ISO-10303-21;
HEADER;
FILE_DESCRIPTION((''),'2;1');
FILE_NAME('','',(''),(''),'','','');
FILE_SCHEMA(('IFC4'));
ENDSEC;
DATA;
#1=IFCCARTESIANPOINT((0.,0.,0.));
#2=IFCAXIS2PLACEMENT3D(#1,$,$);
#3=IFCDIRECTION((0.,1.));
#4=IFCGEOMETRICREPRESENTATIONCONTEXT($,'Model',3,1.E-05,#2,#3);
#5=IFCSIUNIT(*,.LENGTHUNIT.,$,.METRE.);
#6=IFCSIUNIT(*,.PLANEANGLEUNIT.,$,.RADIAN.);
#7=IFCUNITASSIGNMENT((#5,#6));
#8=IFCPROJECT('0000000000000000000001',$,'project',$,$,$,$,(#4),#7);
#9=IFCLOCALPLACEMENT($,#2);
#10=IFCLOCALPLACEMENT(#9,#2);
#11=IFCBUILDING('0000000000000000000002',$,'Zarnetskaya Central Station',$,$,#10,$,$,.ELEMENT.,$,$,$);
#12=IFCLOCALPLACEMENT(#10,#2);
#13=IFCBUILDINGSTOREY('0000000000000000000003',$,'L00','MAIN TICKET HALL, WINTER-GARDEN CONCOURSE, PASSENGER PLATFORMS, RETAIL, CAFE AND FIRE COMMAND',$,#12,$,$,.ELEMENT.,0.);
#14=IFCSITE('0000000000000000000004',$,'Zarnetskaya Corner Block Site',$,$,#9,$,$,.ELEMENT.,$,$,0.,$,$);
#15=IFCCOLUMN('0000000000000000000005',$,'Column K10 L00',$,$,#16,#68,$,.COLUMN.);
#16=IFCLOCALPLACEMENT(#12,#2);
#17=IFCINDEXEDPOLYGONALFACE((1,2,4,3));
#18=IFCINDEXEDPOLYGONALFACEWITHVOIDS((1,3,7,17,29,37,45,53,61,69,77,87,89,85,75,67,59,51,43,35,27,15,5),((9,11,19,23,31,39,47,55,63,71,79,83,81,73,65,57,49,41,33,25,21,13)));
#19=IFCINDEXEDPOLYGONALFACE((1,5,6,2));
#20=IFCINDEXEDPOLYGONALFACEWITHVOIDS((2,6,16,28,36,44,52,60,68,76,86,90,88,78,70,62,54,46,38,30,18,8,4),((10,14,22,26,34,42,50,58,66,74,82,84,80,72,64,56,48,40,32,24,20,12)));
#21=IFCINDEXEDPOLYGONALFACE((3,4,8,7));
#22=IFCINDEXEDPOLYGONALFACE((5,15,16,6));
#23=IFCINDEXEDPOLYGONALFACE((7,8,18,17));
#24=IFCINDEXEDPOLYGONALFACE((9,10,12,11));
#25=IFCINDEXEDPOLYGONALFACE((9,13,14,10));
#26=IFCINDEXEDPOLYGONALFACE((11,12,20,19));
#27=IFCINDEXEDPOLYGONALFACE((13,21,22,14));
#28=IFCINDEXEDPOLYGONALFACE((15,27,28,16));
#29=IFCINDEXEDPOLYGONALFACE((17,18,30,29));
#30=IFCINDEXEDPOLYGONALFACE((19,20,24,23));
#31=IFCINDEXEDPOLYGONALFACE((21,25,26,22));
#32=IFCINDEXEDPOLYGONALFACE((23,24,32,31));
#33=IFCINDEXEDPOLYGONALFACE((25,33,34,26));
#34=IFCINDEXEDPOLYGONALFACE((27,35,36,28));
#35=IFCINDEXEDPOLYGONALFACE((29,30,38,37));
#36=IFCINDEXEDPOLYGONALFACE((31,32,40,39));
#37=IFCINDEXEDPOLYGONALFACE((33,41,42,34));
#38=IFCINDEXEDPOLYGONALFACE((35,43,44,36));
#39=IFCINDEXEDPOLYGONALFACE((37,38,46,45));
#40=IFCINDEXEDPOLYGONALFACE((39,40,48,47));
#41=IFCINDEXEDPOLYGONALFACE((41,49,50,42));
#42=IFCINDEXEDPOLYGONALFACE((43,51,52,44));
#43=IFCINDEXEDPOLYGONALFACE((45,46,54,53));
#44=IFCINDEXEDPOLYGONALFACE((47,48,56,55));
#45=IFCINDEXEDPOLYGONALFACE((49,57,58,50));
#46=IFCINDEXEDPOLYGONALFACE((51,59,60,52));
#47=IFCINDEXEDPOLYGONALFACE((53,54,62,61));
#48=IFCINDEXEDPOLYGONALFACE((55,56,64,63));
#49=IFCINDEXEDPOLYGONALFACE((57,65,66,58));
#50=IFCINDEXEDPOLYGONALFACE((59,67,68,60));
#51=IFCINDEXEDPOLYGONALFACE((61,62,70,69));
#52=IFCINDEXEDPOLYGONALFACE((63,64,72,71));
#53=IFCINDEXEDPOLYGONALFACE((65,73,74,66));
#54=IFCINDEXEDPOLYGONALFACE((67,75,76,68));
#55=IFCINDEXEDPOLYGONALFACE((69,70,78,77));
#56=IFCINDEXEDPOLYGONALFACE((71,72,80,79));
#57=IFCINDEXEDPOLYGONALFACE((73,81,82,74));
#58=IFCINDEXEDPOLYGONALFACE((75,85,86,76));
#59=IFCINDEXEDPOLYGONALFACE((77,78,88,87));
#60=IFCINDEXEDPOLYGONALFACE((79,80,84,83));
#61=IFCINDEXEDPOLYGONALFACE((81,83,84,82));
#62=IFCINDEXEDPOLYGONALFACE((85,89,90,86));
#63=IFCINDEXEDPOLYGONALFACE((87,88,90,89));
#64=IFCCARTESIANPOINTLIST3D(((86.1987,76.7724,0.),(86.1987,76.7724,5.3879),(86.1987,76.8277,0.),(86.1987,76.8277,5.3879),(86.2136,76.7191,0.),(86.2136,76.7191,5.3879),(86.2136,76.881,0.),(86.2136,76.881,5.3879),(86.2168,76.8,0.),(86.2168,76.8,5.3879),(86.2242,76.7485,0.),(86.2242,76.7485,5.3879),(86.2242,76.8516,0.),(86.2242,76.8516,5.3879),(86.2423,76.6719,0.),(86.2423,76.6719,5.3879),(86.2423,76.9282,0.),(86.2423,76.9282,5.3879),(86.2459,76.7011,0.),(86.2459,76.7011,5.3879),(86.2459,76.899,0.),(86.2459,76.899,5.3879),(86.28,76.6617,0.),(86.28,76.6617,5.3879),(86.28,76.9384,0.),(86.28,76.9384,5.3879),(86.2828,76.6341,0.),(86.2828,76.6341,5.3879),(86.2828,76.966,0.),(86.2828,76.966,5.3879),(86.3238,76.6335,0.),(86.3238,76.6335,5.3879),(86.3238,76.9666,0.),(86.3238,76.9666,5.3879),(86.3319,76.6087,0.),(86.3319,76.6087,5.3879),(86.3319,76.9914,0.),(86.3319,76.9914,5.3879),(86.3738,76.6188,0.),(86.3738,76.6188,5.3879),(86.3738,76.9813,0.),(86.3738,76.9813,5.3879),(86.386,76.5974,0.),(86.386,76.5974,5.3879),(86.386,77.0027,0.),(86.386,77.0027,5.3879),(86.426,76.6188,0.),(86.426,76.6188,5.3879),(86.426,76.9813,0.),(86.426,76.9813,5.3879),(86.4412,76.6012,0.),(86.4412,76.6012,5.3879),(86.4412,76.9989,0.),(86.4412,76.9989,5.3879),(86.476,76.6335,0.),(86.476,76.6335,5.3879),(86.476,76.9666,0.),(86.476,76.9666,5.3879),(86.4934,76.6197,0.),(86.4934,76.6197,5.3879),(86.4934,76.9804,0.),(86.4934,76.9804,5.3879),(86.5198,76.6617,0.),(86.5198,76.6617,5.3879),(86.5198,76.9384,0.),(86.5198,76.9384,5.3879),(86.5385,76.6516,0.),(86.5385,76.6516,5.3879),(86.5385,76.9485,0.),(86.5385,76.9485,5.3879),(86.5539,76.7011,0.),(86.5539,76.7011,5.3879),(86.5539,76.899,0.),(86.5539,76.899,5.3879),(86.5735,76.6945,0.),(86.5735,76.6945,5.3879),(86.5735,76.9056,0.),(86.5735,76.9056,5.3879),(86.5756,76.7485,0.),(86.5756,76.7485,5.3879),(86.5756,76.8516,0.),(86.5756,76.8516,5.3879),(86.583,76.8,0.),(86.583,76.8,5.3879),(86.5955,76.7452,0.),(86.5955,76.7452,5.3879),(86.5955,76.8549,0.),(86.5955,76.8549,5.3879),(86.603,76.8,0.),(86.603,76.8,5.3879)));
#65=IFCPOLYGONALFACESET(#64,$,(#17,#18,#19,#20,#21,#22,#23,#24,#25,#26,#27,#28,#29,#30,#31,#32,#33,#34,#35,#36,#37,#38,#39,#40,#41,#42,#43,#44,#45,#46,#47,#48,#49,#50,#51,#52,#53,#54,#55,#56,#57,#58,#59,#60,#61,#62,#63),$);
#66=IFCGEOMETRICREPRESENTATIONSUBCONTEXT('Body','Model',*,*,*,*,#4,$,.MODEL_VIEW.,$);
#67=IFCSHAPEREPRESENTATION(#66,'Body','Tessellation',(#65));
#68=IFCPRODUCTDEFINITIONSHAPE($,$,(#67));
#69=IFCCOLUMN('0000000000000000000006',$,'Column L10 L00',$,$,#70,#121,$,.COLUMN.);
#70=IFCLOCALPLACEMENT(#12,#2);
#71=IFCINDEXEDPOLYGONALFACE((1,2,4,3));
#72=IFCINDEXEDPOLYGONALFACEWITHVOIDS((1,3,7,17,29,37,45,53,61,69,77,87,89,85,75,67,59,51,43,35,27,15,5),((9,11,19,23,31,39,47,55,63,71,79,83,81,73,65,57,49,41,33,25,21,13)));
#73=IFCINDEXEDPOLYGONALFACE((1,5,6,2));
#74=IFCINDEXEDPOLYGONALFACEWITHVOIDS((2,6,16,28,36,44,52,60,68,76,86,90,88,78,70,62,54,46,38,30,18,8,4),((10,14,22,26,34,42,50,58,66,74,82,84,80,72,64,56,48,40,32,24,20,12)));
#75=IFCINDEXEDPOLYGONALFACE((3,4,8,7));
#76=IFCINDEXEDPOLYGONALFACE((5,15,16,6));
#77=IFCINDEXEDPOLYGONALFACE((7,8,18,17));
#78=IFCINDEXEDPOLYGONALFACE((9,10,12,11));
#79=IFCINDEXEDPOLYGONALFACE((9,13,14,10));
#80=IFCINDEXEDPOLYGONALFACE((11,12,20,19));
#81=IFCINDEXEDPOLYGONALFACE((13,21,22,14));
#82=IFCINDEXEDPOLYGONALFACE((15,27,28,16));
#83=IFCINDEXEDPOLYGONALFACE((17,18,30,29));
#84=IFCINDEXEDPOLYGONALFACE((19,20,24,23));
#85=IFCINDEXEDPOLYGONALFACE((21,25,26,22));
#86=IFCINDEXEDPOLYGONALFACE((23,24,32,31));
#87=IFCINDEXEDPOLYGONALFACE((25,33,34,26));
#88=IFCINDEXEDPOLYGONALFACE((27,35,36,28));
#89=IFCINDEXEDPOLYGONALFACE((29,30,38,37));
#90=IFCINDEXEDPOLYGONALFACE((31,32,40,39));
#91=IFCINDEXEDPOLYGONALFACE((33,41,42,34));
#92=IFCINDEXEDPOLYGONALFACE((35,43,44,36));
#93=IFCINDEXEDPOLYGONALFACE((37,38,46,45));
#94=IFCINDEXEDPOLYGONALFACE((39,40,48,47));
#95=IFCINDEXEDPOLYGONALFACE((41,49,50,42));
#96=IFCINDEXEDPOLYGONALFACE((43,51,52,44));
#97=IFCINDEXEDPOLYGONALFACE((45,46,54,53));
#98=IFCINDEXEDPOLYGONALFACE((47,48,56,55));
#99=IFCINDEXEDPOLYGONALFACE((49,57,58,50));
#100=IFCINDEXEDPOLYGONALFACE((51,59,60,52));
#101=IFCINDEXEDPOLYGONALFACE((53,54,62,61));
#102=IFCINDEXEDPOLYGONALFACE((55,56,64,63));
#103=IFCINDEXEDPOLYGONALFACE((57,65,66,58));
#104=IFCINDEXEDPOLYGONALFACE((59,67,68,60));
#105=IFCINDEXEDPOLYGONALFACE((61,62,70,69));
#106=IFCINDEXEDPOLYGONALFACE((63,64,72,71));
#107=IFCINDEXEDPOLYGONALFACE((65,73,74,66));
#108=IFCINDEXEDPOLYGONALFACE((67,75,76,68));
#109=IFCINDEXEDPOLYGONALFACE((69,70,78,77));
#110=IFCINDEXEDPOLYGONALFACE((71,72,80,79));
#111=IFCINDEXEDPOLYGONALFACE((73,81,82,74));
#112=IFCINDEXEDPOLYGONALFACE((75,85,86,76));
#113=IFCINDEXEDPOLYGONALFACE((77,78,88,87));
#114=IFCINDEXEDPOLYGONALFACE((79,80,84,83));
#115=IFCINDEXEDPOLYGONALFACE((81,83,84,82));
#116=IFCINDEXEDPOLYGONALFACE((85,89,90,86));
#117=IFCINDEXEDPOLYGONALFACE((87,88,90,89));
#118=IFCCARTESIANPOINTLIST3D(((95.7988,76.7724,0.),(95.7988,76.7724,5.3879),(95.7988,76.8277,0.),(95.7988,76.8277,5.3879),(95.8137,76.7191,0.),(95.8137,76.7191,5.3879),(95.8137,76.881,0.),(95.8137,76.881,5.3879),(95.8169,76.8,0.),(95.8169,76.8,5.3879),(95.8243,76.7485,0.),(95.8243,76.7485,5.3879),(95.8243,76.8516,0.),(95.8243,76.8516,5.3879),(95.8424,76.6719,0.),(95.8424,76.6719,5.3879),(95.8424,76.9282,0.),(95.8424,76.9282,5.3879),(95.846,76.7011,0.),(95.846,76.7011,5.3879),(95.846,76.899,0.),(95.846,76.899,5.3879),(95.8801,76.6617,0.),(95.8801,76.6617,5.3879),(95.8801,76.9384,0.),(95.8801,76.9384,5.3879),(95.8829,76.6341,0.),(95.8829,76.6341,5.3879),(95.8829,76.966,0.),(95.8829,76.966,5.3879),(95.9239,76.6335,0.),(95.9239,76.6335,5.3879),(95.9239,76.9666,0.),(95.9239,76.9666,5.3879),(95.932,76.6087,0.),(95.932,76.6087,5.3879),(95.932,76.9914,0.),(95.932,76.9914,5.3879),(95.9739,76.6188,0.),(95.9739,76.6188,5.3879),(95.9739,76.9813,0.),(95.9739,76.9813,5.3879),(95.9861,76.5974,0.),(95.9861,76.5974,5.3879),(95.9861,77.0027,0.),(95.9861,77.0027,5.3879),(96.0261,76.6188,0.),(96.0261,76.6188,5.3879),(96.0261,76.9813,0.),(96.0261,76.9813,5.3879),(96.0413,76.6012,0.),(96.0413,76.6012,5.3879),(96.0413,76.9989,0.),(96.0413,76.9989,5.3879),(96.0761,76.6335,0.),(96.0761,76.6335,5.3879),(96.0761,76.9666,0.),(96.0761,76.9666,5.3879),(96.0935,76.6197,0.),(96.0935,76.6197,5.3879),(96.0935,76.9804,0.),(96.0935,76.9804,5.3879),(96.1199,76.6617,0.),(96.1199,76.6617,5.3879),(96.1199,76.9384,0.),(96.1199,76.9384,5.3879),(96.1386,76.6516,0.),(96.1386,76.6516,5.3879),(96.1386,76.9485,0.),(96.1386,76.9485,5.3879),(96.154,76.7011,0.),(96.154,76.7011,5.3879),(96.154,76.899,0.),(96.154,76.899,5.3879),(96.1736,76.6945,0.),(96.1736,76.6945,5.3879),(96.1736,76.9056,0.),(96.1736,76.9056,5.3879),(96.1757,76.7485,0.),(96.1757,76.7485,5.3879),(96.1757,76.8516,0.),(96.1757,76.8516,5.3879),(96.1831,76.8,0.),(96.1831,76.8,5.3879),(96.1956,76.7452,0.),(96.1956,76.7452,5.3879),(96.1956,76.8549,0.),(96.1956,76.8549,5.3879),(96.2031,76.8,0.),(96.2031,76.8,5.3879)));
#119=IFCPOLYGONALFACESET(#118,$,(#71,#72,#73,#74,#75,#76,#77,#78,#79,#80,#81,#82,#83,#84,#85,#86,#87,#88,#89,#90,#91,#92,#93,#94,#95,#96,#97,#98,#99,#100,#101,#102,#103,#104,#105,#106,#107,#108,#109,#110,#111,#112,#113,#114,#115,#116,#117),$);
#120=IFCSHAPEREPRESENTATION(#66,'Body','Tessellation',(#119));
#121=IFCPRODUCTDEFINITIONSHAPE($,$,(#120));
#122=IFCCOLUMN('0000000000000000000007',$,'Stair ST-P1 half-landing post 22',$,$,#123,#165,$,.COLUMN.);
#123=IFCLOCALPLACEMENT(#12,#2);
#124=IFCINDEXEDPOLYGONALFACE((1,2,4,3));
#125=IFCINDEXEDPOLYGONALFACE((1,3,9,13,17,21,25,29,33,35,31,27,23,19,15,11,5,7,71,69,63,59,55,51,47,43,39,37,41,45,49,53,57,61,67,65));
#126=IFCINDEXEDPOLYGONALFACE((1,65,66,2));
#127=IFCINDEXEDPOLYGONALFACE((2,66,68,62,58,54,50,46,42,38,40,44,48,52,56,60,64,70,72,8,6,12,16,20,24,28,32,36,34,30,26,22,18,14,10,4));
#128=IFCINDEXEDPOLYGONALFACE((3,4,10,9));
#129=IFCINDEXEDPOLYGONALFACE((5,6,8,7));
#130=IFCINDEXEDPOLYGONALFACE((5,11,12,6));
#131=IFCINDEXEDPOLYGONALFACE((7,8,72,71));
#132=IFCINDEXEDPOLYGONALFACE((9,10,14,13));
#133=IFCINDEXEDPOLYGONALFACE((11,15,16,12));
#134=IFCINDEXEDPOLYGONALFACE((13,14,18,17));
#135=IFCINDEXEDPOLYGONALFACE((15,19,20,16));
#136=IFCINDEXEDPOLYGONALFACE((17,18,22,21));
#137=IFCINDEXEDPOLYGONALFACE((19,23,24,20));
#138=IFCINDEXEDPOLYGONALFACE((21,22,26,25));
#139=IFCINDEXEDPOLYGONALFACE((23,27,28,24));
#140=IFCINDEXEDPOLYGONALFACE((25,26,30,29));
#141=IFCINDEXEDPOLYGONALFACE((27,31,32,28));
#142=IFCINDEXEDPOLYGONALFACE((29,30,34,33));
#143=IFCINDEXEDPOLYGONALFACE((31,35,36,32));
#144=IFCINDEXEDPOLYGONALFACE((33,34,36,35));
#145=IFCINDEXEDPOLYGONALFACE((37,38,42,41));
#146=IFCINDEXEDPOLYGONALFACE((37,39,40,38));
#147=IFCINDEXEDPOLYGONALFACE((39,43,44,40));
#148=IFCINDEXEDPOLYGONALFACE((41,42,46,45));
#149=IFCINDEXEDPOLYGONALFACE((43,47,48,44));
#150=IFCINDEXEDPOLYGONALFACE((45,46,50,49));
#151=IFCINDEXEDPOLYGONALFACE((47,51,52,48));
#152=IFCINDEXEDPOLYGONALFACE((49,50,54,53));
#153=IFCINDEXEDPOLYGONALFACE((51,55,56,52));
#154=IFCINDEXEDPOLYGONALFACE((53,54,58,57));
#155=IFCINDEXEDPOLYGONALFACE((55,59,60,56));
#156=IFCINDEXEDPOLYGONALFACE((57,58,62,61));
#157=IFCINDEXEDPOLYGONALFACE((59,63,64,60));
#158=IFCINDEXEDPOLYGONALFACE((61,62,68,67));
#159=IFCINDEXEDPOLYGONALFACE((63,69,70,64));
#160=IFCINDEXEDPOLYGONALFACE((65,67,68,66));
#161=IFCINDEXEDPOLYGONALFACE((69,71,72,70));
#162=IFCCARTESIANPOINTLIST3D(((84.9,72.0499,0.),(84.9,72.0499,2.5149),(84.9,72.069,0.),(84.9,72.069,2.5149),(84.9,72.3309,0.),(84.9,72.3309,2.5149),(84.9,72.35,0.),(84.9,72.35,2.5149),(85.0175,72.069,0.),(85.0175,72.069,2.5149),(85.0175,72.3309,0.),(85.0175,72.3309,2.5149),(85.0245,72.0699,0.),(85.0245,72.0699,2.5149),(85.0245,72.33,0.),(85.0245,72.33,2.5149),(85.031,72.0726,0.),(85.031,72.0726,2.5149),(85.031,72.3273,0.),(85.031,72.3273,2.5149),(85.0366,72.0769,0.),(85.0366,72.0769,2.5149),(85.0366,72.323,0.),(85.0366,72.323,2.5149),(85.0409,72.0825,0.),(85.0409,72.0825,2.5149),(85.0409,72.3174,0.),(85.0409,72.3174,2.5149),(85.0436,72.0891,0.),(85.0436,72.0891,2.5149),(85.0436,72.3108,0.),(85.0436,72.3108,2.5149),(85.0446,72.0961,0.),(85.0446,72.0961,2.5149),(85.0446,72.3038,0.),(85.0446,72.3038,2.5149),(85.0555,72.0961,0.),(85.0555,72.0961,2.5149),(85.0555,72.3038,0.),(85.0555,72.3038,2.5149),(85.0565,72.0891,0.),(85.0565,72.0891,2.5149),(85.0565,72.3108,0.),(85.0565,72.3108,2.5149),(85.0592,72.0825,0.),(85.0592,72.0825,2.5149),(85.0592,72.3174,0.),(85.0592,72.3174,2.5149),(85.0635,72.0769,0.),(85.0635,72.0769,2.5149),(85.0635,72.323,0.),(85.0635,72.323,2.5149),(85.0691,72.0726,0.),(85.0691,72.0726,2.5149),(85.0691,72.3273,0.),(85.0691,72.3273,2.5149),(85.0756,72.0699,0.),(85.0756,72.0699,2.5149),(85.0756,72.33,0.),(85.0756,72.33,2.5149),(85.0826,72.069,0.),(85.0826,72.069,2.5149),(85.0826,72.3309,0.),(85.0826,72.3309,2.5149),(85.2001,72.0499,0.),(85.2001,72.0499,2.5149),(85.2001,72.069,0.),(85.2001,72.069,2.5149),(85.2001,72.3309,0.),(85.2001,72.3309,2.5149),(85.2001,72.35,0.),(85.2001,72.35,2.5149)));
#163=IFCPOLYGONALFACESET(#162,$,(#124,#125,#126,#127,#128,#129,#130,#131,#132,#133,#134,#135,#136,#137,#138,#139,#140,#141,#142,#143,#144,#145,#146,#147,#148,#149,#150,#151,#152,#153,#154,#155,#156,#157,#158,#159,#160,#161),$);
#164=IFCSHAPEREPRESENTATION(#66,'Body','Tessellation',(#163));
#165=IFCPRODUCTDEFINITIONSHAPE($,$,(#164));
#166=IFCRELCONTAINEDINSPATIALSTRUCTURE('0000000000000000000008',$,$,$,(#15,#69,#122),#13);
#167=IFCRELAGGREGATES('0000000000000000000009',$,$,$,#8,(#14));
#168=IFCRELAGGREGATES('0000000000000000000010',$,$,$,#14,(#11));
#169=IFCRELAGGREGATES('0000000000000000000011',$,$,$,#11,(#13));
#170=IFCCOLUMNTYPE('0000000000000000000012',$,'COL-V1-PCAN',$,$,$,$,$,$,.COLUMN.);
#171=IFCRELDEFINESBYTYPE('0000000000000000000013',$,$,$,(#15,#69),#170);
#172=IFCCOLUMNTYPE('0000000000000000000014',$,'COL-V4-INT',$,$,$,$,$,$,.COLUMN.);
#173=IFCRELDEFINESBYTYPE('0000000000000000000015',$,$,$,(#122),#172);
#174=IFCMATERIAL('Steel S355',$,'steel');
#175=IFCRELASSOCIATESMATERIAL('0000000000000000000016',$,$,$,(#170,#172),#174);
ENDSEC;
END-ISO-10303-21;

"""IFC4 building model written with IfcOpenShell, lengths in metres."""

from ifc_helpers import new_model, si_unit, direction, frame, origin, origin_2d, place, context, subcontext, project, spatial, hollow_circle, i_section, extrude, material, material_profile, profile_set, type_object, element, save


model = new_model("IFC4")

# Units and contexts
model_context = context("Model", 3, precision=1e-05, world=origin(), true_north=direction((0.0, 1.0)))
body_context = subcontext(model_context, "Body", "Model", "MODEL_VIEW")
ifc_project = project(units=[si_unit("LENGTHUNIT", "METRE"), si_unit("PLANEANGLEUNIT", "RADIAN")], contexts=[model_context])

# Site, building, storey
site_placement = place(None, origin())
site = spatial("IfcSite", under=ifc_project, at=site_placement, Name="Zarnetskaya Corner Block Site", CompositionType="ELEMENT", RefElevation=0.0)
building_placement = place(site_placement, origin())
building = spatial("IfcBuilding", under=site, at=building_placement, Name="Zarnetskaya Central Station", CompositionType="ELEMENT")
storey_placement = place(building_placement, origin())
storey = spatial("IfcBuildingStorey", under=building, at=storey_placement, Name="L00", Description="MAIN TICKET HALL, WINTER-GARDEN CONCOURSE, PASSENGER PLATFORMS, RETAIL, CAFE AND FIRE COMMAND", CompositionType="ELEMENT", Elevation=0.0)

# Columns
ifc_material_1 = material(Name="Steel S355", Category="steel")
ifc_material_profile_1 = material_profile(ifc_material_1, hollow_circle(Radius=0.2031, WallThickness=0.02, at=origin_2d()), Name="CHS 406.4x20")
ifc_profile_set_1 = profile_set([ifc_material_profile_1], Name="Steel S355")
column_type_1 = type_object("IfcColumnType", Name="COL-V1-PCAN", PredefinedType="COLUMN", material=ifc_profile_set_1)
for number, where, z_axis, x_axis, name in (
    (1, (86.3999, 76.8, 0.0), (0.0, 0.0, 1.0), (1.0, 0.0, 0.0), "Column K10 L00"),
    (2, (96.0, 76.8, 0.0), (0.0, 0.0, 1.0), (1.0, 0.0, 0.0), "Column L10 L00"),
):
    element("IfcColumn", number, at=place(storey_placement, frame(where, z_axis=z_axis, x_axis=x_axis)), inside=storey, type_object=column_type_1, Name=name, PredefinedType="COLUMN", context=body_context, shape_type="SweptSolid", body=[
        extrude(hollow_circle(Radius=0.2031, WallThickness=0.02, at=origin_2d()), origin(), (0.0, 0.0, 1.0), 5.3879),
    ])
ifc_material_profile_2 = material_profile(ifc_material_1, i_section(OverallWidth=0.3, OverallDepth=0.3, WebThickness=0.011, FlangeThickness=0.019, FilletRadius=0.0271, at=origin_2d()), Name="HEB 300")
ifc_profile_set_2 = profile_set([ifc_material_profile_2], Name="Steel S355")
column_type_2 = type_object("IfcColumnType", Name="COL-V4-INT", PredefinedType="COLUMN", material=ifc_profile_set_2)
column_placement = place(storey_placement, frame((85.05, 72.2, 0.0), z_axis=(0.0, 0.0, 1.0), x_axis=(1.0, 0.0, 0.0)))
element("IfcColumn", 3, at=column_placement, inside=storey, type_object=column_type_2, Name="Stair ST-P1 half-landing post 22", PredefinedType="COLUMN", context=body_context, shape_type="SweptSolid", body=[
    extrude(i_section(OverallWidth=0.3, OverallDepth=0.3, WebThickness=0.011, FlangeThickness=0.019, FilletRadius=0.0271, at=origin_2d()), origin(), (0.0, 0.0, 1.0), 2.5149),
])

save(model, "model.ifc")
